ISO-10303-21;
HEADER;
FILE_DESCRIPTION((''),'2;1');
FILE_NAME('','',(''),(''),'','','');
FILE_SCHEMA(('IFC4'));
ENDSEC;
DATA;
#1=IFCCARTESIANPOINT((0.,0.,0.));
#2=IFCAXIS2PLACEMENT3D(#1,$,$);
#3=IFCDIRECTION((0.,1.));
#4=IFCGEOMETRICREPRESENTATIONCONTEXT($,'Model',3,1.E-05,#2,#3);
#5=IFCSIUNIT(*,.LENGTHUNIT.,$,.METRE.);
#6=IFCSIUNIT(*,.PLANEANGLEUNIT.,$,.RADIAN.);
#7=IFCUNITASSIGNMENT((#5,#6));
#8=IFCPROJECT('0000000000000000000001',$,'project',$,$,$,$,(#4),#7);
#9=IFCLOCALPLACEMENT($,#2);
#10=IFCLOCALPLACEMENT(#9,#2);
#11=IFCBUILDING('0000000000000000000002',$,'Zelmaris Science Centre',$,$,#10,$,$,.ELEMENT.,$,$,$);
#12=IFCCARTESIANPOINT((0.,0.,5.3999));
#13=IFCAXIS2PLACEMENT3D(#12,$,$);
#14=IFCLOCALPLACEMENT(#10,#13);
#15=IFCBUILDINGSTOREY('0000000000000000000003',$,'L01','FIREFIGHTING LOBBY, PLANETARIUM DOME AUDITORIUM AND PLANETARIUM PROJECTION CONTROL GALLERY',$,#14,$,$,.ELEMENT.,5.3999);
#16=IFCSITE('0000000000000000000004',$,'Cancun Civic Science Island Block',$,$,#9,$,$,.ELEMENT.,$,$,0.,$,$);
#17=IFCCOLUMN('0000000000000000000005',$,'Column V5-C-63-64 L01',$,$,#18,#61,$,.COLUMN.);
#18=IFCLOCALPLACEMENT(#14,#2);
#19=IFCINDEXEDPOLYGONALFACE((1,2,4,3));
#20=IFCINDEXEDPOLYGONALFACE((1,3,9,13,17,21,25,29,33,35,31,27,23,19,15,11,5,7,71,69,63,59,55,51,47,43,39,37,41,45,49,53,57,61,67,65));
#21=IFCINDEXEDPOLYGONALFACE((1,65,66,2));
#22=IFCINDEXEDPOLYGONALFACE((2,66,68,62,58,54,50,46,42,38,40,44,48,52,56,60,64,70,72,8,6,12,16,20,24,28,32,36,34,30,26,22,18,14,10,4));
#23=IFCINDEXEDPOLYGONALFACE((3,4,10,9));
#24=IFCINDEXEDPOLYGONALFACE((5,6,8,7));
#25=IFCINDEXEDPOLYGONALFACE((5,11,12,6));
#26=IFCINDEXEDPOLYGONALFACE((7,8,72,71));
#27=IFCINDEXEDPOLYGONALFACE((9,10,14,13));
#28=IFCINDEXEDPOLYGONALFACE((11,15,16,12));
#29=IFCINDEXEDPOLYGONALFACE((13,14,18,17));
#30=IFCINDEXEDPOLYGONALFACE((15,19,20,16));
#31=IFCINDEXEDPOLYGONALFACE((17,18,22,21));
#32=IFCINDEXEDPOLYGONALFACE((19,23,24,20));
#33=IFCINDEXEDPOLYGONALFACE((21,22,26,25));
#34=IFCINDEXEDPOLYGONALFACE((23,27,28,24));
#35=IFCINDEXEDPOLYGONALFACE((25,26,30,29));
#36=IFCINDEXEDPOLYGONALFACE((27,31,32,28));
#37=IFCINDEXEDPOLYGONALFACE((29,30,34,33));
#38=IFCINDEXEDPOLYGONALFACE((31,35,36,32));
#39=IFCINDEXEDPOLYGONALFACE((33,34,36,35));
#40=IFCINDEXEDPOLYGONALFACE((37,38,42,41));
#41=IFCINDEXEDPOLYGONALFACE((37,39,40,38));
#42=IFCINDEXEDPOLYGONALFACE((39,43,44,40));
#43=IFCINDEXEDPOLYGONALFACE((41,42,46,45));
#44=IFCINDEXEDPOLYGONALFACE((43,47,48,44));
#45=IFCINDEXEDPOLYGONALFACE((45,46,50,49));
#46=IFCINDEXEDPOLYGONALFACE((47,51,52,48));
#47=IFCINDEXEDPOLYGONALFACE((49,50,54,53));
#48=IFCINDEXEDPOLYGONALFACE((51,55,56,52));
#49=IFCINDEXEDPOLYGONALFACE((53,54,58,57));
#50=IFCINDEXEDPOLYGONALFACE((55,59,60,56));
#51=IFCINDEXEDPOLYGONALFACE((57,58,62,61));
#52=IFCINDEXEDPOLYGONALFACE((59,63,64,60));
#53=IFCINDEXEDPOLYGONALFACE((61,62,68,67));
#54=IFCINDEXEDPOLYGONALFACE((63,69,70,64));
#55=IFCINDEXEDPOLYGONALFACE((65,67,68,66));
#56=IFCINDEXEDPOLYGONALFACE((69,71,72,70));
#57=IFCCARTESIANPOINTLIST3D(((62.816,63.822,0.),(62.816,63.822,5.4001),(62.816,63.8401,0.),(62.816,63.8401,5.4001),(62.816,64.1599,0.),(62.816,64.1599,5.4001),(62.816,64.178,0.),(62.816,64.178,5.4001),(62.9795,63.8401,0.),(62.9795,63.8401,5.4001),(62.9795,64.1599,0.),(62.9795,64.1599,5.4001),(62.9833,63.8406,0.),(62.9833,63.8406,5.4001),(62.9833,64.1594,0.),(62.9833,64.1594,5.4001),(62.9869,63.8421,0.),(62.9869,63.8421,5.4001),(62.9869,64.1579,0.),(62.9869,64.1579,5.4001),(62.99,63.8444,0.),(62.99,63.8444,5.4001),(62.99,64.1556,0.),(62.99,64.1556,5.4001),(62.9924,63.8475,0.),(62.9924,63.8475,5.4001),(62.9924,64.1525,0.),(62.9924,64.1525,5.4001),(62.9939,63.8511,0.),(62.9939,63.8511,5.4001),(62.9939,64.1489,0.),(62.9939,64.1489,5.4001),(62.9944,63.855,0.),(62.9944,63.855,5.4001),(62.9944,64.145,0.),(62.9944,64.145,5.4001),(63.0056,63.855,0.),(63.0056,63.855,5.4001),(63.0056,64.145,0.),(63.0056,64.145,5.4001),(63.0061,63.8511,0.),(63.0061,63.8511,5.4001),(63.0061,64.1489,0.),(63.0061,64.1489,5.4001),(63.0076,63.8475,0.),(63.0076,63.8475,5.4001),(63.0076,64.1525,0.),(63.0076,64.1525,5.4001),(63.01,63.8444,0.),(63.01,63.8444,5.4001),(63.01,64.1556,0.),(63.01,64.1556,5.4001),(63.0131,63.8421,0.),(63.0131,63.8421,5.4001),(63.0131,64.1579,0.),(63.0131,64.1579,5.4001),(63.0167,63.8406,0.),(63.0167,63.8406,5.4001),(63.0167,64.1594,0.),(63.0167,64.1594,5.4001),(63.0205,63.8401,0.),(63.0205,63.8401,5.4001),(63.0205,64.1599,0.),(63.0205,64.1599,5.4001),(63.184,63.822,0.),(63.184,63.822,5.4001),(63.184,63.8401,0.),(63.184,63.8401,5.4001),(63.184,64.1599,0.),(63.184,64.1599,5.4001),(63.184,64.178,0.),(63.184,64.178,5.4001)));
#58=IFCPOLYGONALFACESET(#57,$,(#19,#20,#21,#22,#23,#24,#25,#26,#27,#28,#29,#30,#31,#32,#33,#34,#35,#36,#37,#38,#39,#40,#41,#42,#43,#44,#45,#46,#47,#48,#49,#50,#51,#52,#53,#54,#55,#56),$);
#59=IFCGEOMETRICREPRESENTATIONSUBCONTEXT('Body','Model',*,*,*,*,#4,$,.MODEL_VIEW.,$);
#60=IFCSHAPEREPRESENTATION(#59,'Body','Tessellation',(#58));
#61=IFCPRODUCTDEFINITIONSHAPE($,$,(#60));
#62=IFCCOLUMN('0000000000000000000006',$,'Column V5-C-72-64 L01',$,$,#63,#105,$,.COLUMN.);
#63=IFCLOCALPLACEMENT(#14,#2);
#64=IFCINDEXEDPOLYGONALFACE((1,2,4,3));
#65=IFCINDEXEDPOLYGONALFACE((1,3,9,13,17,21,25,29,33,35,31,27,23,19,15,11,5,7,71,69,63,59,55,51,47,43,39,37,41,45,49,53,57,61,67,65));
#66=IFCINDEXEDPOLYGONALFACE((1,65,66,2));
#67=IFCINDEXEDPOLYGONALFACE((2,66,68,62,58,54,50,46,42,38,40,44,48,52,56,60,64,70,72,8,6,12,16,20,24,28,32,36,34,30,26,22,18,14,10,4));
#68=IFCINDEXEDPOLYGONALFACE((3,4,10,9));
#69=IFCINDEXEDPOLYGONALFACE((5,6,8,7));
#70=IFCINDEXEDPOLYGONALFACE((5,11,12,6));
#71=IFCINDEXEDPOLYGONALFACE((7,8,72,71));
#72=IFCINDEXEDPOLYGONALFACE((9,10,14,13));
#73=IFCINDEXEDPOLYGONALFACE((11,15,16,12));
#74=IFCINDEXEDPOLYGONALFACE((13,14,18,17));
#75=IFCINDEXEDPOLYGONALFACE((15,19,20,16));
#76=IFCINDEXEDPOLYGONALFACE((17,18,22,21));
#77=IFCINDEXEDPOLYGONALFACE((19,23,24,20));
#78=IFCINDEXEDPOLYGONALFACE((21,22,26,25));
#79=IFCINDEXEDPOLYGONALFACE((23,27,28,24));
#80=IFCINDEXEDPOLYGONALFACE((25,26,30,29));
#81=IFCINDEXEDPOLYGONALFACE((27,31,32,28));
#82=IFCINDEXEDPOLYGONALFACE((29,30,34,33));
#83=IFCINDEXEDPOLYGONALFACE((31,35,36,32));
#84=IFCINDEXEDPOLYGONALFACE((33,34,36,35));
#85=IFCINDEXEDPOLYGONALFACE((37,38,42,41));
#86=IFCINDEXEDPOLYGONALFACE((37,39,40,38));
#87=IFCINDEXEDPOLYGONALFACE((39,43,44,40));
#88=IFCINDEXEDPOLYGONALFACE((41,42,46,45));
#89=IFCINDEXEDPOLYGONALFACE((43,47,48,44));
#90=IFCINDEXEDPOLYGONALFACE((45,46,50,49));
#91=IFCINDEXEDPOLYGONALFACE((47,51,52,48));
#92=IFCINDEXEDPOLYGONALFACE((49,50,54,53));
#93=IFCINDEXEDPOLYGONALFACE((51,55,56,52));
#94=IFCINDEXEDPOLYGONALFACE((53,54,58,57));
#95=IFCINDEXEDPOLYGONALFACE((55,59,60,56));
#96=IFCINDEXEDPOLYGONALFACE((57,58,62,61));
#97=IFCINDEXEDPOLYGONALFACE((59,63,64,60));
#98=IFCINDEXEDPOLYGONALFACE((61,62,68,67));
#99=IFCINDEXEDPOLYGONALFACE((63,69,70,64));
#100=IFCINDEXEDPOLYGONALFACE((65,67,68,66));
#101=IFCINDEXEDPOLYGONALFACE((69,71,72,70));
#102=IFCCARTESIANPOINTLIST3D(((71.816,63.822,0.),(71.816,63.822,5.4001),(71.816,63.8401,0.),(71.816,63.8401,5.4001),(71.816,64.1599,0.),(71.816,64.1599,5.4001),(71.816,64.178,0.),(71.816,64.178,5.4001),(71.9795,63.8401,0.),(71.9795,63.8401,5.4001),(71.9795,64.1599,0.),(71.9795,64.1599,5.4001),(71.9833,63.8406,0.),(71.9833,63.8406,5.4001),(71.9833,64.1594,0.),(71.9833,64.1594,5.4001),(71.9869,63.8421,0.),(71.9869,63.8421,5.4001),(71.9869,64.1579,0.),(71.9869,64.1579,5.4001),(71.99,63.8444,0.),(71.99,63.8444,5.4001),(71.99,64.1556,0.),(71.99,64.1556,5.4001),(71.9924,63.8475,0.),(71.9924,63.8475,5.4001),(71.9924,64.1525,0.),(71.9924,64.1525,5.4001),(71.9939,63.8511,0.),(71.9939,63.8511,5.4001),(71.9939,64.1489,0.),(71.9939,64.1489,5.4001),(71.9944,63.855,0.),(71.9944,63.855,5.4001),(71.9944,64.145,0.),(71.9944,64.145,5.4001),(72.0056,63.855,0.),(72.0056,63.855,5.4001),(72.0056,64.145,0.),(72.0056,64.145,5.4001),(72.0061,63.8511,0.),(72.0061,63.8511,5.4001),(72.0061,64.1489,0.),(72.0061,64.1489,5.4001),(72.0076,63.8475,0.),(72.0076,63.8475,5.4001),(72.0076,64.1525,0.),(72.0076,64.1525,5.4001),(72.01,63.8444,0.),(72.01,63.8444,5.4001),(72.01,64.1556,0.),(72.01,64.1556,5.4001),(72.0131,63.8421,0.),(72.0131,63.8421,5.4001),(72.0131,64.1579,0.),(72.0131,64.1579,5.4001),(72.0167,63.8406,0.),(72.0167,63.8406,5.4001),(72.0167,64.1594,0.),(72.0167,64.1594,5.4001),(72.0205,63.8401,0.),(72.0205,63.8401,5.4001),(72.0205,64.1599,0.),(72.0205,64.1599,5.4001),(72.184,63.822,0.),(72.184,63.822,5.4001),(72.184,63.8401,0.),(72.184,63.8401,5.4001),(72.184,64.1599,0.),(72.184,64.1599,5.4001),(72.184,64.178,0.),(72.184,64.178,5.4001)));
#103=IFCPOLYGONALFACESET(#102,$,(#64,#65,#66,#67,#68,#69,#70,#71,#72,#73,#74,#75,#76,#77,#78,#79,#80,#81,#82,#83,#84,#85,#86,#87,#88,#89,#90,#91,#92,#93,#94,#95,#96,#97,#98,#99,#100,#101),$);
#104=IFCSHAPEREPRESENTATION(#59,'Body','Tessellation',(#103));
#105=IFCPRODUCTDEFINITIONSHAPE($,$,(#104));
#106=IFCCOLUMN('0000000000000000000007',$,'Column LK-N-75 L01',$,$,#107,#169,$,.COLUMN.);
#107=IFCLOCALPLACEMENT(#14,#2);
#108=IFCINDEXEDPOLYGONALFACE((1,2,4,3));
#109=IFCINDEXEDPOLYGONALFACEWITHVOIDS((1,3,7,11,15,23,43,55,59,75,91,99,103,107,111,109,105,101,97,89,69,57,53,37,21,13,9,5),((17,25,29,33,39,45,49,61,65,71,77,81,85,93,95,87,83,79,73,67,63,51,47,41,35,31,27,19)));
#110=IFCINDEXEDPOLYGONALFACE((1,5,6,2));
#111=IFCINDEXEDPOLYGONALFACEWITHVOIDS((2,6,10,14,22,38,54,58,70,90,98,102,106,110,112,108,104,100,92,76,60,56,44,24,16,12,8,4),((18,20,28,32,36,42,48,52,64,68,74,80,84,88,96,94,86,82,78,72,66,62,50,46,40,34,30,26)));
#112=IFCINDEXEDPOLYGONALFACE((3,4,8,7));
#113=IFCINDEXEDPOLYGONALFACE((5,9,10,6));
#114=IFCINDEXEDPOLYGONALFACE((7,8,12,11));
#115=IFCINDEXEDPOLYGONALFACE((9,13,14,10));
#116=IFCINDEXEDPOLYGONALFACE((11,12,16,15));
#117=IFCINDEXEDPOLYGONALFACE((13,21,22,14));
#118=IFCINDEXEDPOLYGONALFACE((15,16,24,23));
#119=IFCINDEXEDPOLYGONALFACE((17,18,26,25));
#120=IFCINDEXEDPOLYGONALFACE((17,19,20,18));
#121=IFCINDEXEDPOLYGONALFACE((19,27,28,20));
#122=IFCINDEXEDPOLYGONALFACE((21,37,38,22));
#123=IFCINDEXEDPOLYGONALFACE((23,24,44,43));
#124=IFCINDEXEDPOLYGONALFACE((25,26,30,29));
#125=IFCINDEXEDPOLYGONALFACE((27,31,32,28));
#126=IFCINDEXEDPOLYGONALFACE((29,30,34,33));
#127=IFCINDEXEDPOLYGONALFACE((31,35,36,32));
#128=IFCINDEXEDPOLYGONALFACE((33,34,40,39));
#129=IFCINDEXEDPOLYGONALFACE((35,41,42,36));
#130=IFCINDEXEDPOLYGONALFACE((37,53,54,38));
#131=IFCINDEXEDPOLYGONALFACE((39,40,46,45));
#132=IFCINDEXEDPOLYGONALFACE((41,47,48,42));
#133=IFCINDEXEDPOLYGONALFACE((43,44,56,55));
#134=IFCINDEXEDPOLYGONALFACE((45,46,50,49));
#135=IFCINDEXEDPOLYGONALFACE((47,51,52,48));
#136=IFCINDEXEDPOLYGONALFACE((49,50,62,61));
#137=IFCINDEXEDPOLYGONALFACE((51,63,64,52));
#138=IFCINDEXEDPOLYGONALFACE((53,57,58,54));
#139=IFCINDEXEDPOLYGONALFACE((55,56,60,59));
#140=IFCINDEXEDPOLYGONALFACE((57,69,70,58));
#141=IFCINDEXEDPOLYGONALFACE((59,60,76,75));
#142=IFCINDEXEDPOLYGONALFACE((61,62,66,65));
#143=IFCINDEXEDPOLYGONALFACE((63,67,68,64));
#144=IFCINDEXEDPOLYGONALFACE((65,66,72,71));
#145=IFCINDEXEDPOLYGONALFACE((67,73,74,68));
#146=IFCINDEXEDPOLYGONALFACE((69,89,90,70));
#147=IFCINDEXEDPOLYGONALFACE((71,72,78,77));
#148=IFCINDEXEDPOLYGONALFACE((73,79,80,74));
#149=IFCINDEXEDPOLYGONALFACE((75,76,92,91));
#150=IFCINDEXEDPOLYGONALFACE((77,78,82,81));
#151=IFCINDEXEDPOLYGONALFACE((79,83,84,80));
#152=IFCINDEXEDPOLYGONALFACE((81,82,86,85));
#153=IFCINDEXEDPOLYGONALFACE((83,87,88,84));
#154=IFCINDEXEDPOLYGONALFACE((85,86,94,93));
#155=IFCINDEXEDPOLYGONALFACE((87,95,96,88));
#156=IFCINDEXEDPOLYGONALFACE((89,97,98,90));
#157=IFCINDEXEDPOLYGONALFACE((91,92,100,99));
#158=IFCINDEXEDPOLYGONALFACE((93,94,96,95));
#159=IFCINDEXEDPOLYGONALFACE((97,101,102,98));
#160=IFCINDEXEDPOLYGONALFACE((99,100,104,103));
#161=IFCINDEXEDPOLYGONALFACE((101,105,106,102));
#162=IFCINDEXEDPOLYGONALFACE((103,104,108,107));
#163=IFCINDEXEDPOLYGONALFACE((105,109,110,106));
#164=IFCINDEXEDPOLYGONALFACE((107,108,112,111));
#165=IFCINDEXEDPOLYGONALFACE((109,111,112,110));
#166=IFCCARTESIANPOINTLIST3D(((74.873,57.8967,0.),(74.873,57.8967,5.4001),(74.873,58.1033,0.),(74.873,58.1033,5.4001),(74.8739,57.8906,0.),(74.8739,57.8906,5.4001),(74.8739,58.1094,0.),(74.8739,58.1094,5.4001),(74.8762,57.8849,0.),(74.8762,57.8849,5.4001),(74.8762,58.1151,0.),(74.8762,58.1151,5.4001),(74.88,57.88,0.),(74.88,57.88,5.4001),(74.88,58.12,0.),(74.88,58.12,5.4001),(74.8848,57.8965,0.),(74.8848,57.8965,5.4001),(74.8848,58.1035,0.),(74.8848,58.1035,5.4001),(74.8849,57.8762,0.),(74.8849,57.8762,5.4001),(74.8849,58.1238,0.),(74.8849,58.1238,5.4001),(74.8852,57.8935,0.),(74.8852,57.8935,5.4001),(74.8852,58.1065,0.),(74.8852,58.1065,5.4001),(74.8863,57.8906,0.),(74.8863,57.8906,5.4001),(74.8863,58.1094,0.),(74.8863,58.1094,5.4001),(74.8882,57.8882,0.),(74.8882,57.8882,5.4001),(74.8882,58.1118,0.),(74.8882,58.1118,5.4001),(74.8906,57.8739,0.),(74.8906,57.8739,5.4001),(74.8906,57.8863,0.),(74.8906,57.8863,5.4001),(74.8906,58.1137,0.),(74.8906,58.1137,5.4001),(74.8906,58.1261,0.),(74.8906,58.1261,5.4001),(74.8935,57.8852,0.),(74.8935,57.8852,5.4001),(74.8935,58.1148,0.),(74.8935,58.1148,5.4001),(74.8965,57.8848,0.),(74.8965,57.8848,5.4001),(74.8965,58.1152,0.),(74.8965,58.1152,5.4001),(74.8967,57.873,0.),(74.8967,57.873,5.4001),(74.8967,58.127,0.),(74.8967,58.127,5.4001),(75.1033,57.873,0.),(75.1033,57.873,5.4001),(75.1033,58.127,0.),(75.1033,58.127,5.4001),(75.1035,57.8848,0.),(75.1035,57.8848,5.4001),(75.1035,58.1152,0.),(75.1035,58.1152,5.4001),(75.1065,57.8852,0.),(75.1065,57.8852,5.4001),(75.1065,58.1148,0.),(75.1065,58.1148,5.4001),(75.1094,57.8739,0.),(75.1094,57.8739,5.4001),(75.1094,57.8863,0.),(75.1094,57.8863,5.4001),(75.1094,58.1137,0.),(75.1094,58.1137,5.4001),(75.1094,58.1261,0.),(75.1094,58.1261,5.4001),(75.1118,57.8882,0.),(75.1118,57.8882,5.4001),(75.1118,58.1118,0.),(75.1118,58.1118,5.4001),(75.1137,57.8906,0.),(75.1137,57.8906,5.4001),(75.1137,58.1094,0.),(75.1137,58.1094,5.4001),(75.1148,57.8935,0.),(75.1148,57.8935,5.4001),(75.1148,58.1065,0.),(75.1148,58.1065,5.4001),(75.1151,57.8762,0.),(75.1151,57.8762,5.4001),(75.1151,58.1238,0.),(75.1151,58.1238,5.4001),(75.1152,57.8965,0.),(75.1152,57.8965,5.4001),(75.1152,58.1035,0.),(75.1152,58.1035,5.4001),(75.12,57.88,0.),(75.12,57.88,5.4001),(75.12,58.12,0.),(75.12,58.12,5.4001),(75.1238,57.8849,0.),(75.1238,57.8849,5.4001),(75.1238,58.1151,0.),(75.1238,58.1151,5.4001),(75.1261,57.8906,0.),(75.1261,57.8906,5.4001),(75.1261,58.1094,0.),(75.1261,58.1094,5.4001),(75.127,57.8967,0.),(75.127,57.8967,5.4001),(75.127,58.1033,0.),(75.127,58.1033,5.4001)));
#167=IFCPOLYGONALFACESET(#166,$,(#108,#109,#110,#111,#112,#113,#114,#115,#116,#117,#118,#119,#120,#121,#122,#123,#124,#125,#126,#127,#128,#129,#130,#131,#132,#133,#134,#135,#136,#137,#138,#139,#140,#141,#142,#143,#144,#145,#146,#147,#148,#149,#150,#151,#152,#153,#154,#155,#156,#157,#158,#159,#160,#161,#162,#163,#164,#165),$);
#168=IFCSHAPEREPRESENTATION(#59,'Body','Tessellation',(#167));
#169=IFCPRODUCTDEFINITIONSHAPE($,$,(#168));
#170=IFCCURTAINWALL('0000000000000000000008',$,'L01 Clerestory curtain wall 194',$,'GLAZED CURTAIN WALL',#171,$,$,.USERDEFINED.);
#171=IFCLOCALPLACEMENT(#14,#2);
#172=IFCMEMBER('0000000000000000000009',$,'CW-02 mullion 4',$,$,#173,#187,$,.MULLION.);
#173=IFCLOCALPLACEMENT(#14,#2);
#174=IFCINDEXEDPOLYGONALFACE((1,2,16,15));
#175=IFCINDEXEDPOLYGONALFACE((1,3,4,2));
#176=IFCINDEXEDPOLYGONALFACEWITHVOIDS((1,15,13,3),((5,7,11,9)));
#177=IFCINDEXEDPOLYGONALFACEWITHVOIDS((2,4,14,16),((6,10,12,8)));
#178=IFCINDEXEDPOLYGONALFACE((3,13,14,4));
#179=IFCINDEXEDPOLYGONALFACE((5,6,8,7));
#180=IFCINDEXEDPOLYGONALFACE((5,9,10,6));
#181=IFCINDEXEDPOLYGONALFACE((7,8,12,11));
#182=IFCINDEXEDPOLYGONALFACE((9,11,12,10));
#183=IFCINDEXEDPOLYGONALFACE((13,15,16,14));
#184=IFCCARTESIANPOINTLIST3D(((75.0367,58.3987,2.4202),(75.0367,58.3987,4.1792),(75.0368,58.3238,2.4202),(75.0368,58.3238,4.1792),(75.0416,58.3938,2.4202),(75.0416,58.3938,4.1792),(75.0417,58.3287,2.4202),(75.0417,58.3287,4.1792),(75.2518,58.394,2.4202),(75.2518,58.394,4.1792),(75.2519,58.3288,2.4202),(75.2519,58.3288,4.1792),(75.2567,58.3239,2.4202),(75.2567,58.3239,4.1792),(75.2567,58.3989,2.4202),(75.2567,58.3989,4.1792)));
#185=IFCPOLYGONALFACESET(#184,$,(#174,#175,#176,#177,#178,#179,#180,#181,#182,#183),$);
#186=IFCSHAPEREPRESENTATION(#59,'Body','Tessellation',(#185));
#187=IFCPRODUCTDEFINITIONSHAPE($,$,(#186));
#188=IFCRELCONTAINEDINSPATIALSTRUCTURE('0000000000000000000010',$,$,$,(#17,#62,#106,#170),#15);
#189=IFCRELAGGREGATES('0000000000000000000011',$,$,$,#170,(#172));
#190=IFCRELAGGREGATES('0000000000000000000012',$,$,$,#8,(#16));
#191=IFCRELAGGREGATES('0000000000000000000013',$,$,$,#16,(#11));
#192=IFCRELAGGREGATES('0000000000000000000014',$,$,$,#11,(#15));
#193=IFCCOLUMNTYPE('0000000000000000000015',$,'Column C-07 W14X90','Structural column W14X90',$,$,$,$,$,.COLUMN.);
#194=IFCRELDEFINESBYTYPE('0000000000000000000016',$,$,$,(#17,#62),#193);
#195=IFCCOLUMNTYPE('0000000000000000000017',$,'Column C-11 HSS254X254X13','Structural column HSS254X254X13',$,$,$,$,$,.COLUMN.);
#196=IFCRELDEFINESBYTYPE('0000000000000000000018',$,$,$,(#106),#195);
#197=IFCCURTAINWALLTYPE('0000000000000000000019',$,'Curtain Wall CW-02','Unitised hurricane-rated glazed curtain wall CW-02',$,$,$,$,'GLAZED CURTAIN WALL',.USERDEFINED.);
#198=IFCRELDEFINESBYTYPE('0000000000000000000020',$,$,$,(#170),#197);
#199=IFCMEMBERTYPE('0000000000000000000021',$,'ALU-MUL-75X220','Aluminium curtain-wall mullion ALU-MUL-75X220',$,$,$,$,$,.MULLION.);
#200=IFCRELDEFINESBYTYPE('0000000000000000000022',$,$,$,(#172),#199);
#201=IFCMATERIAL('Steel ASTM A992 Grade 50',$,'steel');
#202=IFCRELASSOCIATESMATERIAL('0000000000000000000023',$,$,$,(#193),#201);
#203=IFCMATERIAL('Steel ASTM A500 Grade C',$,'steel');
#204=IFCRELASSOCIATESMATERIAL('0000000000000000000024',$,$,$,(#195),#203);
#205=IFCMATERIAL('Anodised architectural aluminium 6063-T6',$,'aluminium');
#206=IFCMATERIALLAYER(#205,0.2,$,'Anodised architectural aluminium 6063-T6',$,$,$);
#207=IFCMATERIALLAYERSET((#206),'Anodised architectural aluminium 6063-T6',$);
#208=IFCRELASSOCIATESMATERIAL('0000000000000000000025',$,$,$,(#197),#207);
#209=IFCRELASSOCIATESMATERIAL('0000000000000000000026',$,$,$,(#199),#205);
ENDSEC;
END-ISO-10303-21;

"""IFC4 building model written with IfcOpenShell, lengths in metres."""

from ifc_helpers import new_model, si_unit, direction, frame, origin, origin_2d, place, context, subcontext, project, spatial, hollow_rectangle, i_section, extrude, material, layer, layer_set, material_profile, profile_set, type_object, element, aggregate, save


model = new_model("IFC4")

# Units and contexts
model_context = context("Model", 3, precision=1e-05, world=origin(), true_north=direction((0.0, 1.0)))
body_context = subcontext(model_context, "Body", "Model", "MODEL_VIEW")
ifc_project = project(units=[si_unit("LENGTHUNIT", "METRE"), si_unit("PLANEANGLEUNIT", "RADIAN")], contexts=[model_context])

# Site, building, storey
site_placement = place(None, origin())
site = spatial("IfcSite", under=ifc_project, at=site_placement, Name="Cancun Civic Science Island Block", CompositionType="ELEMENT", RefElevation=0.0)
building_placement = place(site_placement, origin())
building = spatial("IfcBuilding", under=site, at=building_placement, Name="Zelmaris Science Centre", CompositionType="ELEMENT")
storey_placement = place(building_placement, frame((0.0, 0.0, 5.3999)))
storey = spatial("IfcBuildingStorey", under=building, at=storey_placement, Name="L01", Description="FIREFIGHTING LOBBY, PLANETARIUM DOME AUDITORIUM AND PLANETARIUM PROJECTION CONTROL GALLERY", CompositionType="ELEMENT", Elevation=5.3999)

# Columns
ifc_material_1 = material(Name="Steel ASTM A992 Grade 50", Category="steel")
ifc_material_profile_1 = material_profile(ifc_material_1, i_section(OverallWidth=0.3679, OverallDepth=0.356, WebThickness=0.0112, FlangeThickness=0.0181, FilletRadius=0.0149, at=origin_2d()), Name="W14X90")
ifc_profile_set_1 = profile_set([ifc_material_profile_1], Name="Steel ASTM A992 Grade 50")
column_type_1 = type_object("IfcColumnType", Name="Column C-07 W14X90", Description="Structural column W14X90", PredefinedType="COLUMN", material=ifc_profile_set_1)
for number, where, z_axis, x_axis, name in (
    (1, (63.0, 64.0, 0.0), (0.0, 0.0, 1.0), (1.0, 0.0, 0.0), "Column V5-C-63-64 L01"),
    (2, (72.0, 64.0, 0.0), (0.0, 0.0, 1.0), (1.0, 0.0, 0.0), "Column V5-C-72-64 L01"),
):
    element("IfcColumn", number, at=place(storey_placement, frame(where, z_axis=z_axis, x_axis=x_axis)), inside=storey, type_object=column_type_1, Name=name, PredefinedType="COLUMN", context=body_context, shape_type="SweptSolid", body=[
        extrude(i_section(OverallWidth=0.3679, OverallDepth=0.356, WebThickness=0.0112, FlangeThickness=0.0181, FilletRadius=0.0149, at=origin_2d()), origin(), (0.0, 0.0, 1.0), 5.4001),
    ])
ifc_material_2 = material(Name="Steel ASTM A500 Grade C", Category="steel")
ifc_material_profile_2 = material_profile(ifc_material_2, hollow_rectangle(XDim=0.2539, YDim=0.2539, WallThickness=0.0117, InnerFilletRadius=0.0117, OuterFilletRadius=0.0237, at=origin_2d()), Name="HSS254X254X13")
ifc_profile_set_2 = profile_set([ifc_material_profile_2], Name="Steel ASTM A500 Grade C")
column_type_2 = type_object("IfcColumnType", Name="Column C-11 HSS254X254X13", Description="Structural column HSS254X254X13", PredefinedType="COLUMN", material=ifc_profile_set_2)
column_placement = place(storey_placement, frame((75.0, 58.0, 0.0), z_axis=(0.0, 0.0, 1.0), x_axis=(1.0, 0.0, 0.0)))
element("IfcColumn", 3, at=column_placement, inside=storey, type_object=column_type_2, Name="Column LK-N-75 L01", PredefinedType="COLUMN", context=body_context, shape_type="SweptSolid", body=[
    extrude(hollow_rectangle(XDim=0.2539, YDim=0.2539, WallThickness=0.0117, InnerFilletRadius=0.0117, OuterFilletRadius=0.0237, at=origin_2d()), origin(), (0.0, 0.0, 1.0), 5.4001),
])

# Curtain wall, member
ifc_material_3 = material(Name="Anodised architectural aluminium 6063-T6", Category="aluminium")
ifc_layer_1 = layer(ifc_material_3, 0.2, Name="Anodised architectural aluminium 6063-T6")
ifc_layer_set_1 = layer_set([ifc_layer_1], Name="Anodised architectural aluminium 6063-T6")
curtain_wall_type = type_object("IfcCurtainWallType", Name="Curtain Wall CW-02", Description="Unitised hurricane-rated glazed curtain wall CW-02", ElementType="GLAZED CURTAIN WALL", PredefinedType="USERDEFINED", material=ifc_layer_set_1)
curtain_wall_placement = place(storey_placement, origin())
curtain_wall = element("IfcCurtainWall", 4, at=curtain_wall_placement, inside=storey, type_object=curtain_wall_type, Name="L01 Clerestory curtain wall 194", ObjectType="GLAZED CURTAIN WALL", PredefinedType="USERDEFINED")
ifc_material_profile_3 = material_profile(ifc_material_3, hollow_rectangle(XDim=0.075, YDim=0.22, WallThickness=0.0049, at=origin_2d()), Name="ALU-MUL-75X220")
ifc_profile_set_3 = profile_set([ifc_material_profile_3], Name="Anodised architectural aluminium 6063-T6")
member_type_1 = type_object("IfcMemberType", Name="ALU-MUL-75X220", Description="Aluminium curtain-wall mullion ALU-MUL-75X220", PredefinedType="MULLION", material=ifc_profile_set_3)
member_1_placement = place(storey_placement, frame((75.1467, 58.3613, 2.4202), z_axis=(0.0, 0.0, 1.0), x_axis=(-0.000778, 1.0, 0.0)))
member_1 = element("IfcMember", 5, at=member_1_placement, type_object=member_type_1, Name="CW-02 mullion 4", PredefinedType="MULLION", context=body_context, shape_type="SweptSolid", body=[
    extrude(hollow_rectangle(XDim=0.075, YDim=0.22, WallThickness=0.0049, at=origin_2d()), origin(), (0.0, 0.0, 1.0), 1.759),
])

aggregate(curtain_wall, [member_1])

save(model, "model.ifc")
